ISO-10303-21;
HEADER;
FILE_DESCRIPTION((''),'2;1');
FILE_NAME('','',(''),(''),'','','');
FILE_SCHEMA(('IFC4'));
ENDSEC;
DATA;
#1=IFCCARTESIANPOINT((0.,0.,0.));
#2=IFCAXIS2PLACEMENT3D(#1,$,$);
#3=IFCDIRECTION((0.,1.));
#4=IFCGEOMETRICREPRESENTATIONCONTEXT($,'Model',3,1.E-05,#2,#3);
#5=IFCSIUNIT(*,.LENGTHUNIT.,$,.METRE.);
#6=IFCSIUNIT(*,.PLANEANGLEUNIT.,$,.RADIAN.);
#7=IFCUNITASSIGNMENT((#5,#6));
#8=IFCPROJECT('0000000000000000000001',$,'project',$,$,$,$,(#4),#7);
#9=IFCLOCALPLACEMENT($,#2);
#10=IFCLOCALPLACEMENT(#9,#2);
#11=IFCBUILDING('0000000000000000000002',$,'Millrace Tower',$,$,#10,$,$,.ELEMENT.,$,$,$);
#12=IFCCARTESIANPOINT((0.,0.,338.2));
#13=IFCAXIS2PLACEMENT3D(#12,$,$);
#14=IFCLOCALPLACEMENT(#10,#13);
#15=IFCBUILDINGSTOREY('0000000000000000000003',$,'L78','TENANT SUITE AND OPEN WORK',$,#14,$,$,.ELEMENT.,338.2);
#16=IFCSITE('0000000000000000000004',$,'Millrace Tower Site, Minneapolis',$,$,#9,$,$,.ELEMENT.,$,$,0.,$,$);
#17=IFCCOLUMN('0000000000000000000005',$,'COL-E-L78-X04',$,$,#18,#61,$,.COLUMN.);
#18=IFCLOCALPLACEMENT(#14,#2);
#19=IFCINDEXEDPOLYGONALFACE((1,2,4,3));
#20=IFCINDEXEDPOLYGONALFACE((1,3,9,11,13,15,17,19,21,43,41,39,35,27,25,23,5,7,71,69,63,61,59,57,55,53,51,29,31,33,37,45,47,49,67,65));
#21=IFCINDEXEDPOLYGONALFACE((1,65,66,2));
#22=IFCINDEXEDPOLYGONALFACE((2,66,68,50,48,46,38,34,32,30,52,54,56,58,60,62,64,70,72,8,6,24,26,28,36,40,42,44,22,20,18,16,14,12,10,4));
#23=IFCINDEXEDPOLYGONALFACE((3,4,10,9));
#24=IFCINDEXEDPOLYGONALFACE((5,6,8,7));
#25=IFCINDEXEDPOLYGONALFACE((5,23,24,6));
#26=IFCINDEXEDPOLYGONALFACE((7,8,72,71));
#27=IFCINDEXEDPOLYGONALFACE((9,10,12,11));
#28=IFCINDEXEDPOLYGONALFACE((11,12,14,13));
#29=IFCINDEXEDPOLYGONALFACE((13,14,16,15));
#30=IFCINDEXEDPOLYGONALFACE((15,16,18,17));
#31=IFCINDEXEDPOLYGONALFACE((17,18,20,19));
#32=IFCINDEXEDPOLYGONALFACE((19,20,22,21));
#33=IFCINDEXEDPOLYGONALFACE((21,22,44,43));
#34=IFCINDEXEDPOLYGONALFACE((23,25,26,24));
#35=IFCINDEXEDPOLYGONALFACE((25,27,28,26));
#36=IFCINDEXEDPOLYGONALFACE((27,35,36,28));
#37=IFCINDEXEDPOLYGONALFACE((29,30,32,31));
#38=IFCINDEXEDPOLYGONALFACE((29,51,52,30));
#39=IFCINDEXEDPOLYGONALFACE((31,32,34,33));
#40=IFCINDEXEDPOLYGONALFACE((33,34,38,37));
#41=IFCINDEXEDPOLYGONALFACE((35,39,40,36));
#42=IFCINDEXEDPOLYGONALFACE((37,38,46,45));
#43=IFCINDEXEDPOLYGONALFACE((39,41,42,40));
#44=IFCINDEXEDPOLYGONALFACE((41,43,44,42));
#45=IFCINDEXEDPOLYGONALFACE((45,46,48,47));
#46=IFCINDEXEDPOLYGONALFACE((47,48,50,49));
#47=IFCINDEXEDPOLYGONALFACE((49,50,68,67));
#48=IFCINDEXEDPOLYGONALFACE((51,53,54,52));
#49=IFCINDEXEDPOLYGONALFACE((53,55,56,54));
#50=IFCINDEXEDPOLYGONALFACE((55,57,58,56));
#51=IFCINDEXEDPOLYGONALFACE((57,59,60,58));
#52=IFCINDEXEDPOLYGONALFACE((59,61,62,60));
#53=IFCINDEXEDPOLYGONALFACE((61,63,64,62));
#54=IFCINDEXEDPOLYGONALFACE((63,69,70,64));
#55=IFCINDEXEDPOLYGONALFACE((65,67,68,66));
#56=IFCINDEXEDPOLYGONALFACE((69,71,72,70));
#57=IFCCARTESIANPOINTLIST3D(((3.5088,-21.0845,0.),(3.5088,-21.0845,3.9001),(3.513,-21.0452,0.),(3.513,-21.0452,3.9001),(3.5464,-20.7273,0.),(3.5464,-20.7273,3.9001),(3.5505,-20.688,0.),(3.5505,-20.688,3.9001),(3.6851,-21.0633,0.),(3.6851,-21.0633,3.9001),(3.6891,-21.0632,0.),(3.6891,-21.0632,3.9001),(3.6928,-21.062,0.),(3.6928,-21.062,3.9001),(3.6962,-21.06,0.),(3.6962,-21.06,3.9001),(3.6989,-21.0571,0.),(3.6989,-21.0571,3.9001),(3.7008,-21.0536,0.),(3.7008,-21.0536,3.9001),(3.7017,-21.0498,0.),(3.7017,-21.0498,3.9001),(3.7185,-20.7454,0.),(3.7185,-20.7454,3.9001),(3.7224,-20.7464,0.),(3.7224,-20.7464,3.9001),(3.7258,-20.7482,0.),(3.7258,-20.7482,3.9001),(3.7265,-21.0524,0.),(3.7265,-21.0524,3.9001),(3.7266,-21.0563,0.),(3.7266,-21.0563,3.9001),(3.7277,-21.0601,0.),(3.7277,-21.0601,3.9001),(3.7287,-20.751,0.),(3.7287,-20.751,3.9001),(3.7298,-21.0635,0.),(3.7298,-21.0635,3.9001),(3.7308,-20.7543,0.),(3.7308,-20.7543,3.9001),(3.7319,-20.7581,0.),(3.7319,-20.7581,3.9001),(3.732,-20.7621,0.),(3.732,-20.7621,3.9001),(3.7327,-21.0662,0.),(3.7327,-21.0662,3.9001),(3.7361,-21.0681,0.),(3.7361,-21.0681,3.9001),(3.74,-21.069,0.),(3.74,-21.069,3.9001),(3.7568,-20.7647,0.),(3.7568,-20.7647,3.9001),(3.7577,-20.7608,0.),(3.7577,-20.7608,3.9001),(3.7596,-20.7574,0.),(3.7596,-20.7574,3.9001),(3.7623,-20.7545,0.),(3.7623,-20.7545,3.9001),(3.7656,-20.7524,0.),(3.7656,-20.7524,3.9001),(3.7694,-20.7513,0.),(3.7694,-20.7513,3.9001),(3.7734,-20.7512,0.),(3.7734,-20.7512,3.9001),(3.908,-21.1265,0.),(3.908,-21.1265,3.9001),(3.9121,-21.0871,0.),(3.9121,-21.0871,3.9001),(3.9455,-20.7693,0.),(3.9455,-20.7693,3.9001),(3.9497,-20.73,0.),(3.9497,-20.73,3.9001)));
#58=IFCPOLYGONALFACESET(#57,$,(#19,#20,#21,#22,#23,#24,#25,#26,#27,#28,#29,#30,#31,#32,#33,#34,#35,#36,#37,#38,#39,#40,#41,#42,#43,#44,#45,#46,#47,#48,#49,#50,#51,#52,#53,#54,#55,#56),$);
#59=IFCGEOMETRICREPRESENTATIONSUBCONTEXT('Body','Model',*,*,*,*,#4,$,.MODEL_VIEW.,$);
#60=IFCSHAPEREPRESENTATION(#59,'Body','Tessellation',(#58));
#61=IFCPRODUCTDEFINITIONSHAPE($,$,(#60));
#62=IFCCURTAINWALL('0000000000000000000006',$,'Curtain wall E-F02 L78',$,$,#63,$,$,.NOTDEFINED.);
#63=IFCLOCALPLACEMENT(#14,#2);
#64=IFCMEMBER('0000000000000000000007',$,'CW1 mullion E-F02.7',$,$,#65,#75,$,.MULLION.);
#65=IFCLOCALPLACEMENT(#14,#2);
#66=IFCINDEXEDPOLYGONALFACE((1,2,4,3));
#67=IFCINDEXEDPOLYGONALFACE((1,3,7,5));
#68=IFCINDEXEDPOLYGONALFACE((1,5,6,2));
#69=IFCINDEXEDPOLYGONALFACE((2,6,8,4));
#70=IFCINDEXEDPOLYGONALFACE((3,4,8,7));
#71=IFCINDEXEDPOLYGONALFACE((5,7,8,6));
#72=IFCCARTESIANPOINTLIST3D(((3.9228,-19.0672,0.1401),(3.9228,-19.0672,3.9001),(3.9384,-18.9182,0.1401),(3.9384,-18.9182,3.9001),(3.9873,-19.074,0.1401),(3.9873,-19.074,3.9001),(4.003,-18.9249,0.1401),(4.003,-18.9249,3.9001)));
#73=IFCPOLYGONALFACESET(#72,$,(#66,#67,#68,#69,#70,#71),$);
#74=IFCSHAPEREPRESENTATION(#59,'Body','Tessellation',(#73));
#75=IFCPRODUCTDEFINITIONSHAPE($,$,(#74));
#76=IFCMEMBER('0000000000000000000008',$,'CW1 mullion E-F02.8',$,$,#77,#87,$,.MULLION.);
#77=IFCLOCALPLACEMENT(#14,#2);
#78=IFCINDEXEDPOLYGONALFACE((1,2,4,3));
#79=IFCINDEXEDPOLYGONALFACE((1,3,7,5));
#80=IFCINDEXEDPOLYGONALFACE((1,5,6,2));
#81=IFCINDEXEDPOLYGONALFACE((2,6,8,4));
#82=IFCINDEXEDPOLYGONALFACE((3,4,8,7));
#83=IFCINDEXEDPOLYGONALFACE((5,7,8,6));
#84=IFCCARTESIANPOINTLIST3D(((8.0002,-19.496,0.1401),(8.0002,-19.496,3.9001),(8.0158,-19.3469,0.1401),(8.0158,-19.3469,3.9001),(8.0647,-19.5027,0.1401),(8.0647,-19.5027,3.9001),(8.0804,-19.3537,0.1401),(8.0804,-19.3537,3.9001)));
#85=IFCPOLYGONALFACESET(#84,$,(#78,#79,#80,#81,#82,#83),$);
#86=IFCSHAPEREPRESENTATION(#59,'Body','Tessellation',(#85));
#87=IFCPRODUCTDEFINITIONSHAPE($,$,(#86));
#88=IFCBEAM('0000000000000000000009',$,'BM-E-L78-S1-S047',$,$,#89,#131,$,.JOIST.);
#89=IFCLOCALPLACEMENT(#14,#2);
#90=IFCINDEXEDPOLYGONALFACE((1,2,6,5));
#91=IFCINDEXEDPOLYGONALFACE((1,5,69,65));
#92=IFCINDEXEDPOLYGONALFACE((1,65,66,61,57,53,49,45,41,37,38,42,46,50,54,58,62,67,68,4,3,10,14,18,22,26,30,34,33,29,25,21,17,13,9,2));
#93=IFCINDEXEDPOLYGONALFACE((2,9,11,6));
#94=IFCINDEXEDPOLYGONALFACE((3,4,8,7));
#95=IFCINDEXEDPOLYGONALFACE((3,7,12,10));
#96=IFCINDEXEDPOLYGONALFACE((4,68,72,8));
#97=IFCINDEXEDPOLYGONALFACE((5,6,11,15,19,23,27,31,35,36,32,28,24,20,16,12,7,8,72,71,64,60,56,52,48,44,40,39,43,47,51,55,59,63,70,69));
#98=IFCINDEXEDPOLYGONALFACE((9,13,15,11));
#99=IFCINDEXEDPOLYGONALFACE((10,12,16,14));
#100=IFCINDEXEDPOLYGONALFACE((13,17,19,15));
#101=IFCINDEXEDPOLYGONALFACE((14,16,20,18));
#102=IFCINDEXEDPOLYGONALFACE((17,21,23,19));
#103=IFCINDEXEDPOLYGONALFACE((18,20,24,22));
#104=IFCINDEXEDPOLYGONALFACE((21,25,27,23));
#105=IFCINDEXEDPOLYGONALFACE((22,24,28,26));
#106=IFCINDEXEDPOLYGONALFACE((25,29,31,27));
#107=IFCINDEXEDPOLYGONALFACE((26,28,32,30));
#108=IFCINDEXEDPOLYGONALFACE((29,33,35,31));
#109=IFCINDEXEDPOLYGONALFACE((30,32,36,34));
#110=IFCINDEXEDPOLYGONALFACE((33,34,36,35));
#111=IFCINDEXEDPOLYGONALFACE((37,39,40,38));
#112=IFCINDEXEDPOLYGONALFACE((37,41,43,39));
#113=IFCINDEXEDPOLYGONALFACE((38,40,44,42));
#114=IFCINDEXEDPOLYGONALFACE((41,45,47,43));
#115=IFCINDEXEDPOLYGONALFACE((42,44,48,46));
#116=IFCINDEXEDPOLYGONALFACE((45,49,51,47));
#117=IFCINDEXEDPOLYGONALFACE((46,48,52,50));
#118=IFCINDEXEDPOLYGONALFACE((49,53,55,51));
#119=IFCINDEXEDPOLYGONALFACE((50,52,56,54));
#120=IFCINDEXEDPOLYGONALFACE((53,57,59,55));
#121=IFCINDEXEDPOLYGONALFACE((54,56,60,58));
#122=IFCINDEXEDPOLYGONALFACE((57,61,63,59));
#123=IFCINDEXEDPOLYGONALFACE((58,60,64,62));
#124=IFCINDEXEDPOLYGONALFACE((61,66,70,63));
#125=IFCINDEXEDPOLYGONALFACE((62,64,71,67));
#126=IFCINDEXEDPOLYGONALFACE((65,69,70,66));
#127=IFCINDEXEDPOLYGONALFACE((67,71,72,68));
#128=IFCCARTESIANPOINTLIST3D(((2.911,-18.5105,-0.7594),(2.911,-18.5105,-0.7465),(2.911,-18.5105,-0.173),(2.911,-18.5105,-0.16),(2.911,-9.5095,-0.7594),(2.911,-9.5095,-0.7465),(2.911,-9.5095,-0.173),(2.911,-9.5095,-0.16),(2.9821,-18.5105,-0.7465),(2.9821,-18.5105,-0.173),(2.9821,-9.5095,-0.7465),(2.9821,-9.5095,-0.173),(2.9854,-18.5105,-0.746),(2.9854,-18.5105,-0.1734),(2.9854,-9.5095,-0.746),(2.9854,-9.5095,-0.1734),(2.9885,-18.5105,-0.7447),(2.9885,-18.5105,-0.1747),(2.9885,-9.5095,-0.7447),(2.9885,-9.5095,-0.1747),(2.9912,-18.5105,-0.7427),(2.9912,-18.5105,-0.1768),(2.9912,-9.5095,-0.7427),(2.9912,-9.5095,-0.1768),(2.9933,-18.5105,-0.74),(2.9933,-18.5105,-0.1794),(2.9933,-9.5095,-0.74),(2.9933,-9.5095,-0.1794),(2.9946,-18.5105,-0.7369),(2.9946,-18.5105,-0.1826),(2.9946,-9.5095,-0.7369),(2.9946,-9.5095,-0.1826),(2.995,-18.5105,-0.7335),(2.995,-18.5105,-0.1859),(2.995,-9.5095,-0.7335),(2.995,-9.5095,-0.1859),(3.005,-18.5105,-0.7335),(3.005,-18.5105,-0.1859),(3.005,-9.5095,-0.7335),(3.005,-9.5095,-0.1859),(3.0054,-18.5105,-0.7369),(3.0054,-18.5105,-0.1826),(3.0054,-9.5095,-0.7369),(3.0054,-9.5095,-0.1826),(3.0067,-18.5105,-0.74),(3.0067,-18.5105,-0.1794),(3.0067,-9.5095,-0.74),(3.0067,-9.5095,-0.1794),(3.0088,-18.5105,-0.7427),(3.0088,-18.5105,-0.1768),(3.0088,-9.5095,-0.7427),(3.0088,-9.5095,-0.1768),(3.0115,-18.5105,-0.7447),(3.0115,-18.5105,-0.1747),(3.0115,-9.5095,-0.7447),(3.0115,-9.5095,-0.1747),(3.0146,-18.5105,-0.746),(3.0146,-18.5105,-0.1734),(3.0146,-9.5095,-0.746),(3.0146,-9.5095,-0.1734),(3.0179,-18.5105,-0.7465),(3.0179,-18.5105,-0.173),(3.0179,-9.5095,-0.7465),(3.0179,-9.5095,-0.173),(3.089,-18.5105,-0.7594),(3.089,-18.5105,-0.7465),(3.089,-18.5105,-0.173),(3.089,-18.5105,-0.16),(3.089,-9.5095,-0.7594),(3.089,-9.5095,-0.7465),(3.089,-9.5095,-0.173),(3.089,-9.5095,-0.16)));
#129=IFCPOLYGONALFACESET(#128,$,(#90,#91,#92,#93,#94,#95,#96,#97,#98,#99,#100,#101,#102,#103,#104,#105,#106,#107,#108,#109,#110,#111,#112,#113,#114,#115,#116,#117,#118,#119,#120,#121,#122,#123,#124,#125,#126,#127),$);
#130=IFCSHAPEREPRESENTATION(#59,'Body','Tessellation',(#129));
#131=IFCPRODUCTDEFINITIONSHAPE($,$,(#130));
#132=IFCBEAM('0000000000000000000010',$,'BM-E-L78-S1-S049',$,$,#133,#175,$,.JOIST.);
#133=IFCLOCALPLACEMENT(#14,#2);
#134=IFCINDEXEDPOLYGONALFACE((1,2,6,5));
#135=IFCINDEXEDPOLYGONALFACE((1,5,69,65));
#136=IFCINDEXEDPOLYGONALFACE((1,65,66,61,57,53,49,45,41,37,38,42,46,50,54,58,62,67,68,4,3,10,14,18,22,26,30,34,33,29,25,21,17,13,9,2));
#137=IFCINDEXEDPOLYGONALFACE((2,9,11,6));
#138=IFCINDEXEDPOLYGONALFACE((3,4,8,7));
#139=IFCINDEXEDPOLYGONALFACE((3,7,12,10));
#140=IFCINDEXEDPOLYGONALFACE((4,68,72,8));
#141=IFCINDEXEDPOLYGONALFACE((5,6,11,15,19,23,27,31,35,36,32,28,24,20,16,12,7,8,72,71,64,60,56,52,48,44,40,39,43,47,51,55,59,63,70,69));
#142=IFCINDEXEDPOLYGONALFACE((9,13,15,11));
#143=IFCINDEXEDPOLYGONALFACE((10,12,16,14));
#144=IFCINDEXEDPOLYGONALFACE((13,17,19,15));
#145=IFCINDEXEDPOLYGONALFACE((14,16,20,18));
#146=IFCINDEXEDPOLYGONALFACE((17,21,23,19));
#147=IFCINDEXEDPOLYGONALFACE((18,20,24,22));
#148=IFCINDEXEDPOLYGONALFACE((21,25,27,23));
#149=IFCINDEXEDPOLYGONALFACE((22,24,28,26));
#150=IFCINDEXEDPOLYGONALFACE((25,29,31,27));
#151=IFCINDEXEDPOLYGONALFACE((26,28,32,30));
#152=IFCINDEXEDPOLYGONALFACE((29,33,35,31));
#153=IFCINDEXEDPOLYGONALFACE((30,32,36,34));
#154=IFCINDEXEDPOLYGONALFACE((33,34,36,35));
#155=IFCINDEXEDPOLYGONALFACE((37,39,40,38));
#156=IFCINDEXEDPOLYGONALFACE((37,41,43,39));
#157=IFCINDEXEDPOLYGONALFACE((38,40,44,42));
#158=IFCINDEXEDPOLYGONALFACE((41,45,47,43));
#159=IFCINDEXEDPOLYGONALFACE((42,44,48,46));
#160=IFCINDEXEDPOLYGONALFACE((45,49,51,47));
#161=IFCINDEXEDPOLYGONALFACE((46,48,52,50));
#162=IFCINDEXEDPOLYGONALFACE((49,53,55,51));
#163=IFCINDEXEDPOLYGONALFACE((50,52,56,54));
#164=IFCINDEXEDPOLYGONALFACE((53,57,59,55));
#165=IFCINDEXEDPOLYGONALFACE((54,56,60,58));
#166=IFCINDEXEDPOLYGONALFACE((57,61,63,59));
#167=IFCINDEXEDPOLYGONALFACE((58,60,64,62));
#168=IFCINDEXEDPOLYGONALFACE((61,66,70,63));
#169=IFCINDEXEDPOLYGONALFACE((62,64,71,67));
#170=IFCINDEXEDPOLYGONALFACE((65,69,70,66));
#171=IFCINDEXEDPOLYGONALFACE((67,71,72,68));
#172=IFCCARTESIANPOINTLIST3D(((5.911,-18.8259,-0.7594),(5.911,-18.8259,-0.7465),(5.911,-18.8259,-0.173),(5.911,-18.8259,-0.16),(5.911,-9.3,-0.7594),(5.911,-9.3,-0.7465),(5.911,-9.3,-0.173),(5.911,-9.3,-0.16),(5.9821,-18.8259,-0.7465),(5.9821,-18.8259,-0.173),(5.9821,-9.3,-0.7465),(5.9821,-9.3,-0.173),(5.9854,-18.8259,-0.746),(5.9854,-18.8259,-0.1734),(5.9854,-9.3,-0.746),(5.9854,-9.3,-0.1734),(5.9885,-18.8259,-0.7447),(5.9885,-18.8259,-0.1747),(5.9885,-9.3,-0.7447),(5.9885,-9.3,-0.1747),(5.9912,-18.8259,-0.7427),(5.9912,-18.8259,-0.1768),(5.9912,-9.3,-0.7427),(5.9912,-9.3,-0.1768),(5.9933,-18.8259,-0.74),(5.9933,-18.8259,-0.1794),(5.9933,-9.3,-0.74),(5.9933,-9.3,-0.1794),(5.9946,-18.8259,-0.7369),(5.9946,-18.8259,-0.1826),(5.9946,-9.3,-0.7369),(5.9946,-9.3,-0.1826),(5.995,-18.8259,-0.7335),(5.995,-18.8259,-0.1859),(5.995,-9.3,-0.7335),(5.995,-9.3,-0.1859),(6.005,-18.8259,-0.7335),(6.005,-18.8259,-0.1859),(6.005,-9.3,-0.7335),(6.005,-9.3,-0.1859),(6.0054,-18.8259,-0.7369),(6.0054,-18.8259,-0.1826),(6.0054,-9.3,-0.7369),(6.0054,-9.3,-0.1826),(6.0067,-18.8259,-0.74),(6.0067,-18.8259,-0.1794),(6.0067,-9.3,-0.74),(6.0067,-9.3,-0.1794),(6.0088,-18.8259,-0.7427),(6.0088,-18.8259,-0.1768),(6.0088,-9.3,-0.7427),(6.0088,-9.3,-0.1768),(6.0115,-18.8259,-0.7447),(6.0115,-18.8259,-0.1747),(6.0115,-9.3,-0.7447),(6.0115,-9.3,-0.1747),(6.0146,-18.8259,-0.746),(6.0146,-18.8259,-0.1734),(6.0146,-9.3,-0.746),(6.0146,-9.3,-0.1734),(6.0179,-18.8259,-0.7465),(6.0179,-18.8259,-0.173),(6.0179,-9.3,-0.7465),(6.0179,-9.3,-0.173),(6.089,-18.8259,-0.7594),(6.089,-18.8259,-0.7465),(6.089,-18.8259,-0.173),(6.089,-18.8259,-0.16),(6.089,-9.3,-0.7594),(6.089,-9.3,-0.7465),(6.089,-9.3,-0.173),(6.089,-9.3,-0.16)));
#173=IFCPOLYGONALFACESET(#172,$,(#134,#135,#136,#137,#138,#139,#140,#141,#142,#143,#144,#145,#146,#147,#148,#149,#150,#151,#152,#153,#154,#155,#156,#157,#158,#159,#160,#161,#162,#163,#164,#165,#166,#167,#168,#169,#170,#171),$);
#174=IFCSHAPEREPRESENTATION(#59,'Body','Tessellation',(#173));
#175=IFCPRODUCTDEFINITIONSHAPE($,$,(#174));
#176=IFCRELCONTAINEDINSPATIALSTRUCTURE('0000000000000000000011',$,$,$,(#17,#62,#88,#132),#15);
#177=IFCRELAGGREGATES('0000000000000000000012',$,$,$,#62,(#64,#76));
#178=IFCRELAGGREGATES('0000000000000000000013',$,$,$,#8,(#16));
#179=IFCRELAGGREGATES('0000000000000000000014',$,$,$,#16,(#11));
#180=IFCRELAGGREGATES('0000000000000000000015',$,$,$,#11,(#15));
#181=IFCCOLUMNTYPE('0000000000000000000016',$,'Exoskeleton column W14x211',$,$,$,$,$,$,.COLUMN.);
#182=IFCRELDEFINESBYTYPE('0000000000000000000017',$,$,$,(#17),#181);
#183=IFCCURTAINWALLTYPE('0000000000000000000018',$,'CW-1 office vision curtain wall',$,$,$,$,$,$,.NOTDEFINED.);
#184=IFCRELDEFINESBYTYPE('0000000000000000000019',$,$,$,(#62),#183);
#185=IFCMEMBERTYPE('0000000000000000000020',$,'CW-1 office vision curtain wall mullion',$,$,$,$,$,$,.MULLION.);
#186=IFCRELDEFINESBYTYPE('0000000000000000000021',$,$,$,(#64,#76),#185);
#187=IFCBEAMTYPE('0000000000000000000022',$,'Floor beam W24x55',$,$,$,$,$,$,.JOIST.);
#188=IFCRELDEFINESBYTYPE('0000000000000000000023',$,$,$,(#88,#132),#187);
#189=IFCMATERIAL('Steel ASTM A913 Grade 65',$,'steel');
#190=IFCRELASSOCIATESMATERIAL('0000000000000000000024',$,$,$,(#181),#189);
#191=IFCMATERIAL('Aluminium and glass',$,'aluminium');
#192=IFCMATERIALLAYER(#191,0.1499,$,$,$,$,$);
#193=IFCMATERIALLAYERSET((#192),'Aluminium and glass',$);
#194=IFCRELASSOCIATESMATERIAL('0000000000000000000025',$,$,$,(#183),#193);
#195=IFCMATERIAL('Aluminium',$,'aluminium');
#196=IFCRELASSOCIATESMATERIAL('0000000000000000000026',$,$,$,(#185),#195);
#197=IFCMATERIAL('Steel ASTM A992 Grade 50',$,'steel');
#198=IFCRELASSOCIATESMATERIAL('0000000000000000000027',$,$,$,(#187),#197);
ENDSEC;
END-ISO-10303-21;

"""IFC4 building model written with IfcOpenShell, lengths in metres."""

from ifc_helpers import new_model, si_unit, direction, frame, origin, origin_2d, place, context, subcontext, project, spatial, rectangle, i_section, extrude, material, layer, layer_set, material_profile, profile_set, type_object, element, aggregate, save


model = new_model("IFC4")

# Units and contexts
model_context = context("Model", 3, precision=1e-05, world=origin(), true_north=direction((0.0, 1.0)))
body_context = subcontext(model_context, "Body", "Model", "MODEL_VIEW")
ifc_project = project(units=[si_unit("LENGTHUNIT", "METRE"), si_unit("PLANEANGLEUNIT", "RADIAN")], contexts=[model_context])

# Site, building, storey
site_placement = place(None, origin())
site = spatial("IfcSite", under=ifc_project, at=site_placement, Name="Millrace Tower Site, Minneapolis", CompositionType="ELEMENT", RefElevation=0.0)
building_placement = place(site_placement, origin())
building = spatial("IfcBuilding", under=site, at=building_placement, Name="Millrace Tower", CompositionType="ELEMENT")
storey_placement = place(building_placement, frame((0.0, 0.0, 338.2)))
storey = spatial("IfcBuildingStorey", under=building, at=storey_placement, Name="L78", Description="TENANT SUITE AND OPEN WORK", CompositionType="ELEMENT", Elevation=338.2)

# Column
ifc_material_1 = material(Name="Steel ASTM A913 Grade 65", Category="steel")
ifc_material_profile_1 = material_profile(ifc_material_1, i_section(OverallWidth=0.4014, OverallDepth=0.3987, WebThickness=0.0249, FlangeThickness=0.0396, FilletRadius=0.0151, at=origin_2d()))
ifc_profile_set_1 = profile_set([ifc_material_profile_1], Name="Steel ASTM A913 Grade 65")
column_type = type_object("IfcColumnType", Name="Exoskeleton column W14x211", PredefinedType="COLUMN", material=ifc_profile_set_1)
column_placement = place(storey_placement, frame((3.7292, -20.9072, 0.0), z_axis=(0.0, 0.0, 1.0), x_axis=(0.994522, -0.104528, 0.0)))
element("IfcColumn", 1, at=column_placement, inside=storey, type_object=column_type, Name="COL-E-L78-X04", PredefinedType="COLUMN", context=body_context, shape_type="SweptSolid", body=[
    extrude(i_section(OverallWidth=0.4014, OverallDepth=0.3987, WebThickness=0.0249, FlangeThickness=0.0396, FilletRadius=0.0151, at=origin_2d()), origin(), (0.0, 0.0, 1.0), 3.9001),
])

# Curtain wall, members
ifc_material_2 = material(Name="Aluminium and glass", Category="aluminium")
ifc_layer_1 = layer(ifc_material_2, 0.1499)
ifc_layer_set_1 = layer_set([ifc_layer_1], Name="Aluminium and glass")
curtain_wall_type = type_object("IfcCurtainWallType", Name="CW-1 office vision curtain wall", PredefinedType="NOTDEFINED", material=ifc_layer_set_1)
placement = place(storey_placement, origin())
curtain_wall_1 = element("IfcCurtainWall", 2, at=placement, inside=storey, type_object=curtain_wall_type, Name="Curtain wall E-F02 L78", PredefinedType="NOTDEFINED")
ifc_material_3 = material(Name="Aluminium", Category="aluminium")
ifc_material_profile_2 = material_profile(ifc_material_3, rectangle(XDim=0.0649, YDim=0.1499, at=origin_2d()))
ifc_profile_set_2 = profile_set([ifc_material_profile_2], Name="Aluminium")
member_type = type_object("IfcMemberType", Name="CW-1 office vision curtain wall mullion", PredefinedType="MULLION", material=ifc_profile_set_2)
member_1_placement = place(storey_placement, frame((3.9629, -18.9961, 0.1401), z_axis=(0.0, 0.0, 1.0), x_axis=(0.994522, -0.104528, 0.0)))
member_1 = element("IfcMember", 3, at=member_1_placement, type_object=member_type, Name="CW1 mullion E-F02.7", PredefinedType="MULLION", context=body_context, shape_type="SweptSolid", body=[
    extrude(rectangle(XDim=0.0649, YDim=0.1499, at=origin_2d()), origin(), (0.0, 0.0, 1.0), 3.76),
])
member_2_placement = place(storey_placement, frame((8.0403, -19.4248, 0.1401), z_axis=(0.0, 0.0, 1.0), x_axis=(0.994522, -0.104528, 0.0)))
member_2 = element("IfcMember", 4, at=member_2_placement, type_object=member_type, Name="CW1 mullion E-F02.8", PredefinedType="MULLION", context=body_context, shape_type="SweptSolid", body=[
    extrude(rectangle(XDim=0.0649, YDim=0.1499, at=origin_2d()), origin(), (0.0, 0.0, 1.0), 3.76),
])
aggregate(curtain_wall_1, [member_1, member_2])

# Beams
ifc_material_4 = material(Name="Steel ASTM A992 Grade 50", Category="steel")
ifc_material_profile_3 = material_profile(ifc_material_4, i_section(OverallWidth=0.178, OverallDepth=0.5994, WebThickness=0.01, FlangeThickness=0.0129, FilletRadius=0.0129, at=origin_2d()))
ifc_profile_set_3 = profile_set([ifc_material_profile_3], Name="Steel ASTM A992 Grade 50")
beam_type_1 = type_object("IfcBeamType", Name="Floor beam W24x55", PredefinedType="JOIST", material=ifc_profile_set_3)
beam_1_placement = place(storey_placement, frame((3.0, -18.5105, -0.4597), z_axis=(0.0, 1.0, 0.0), x_axis=(-1.0, 0.0, 0.0)))
element("IfcBeam", 5, at=beam_1_placement, inside=storey, type_object=beam_type_1, Name="BM-E-L78-S1-S047", PredefinedType="JOIST", context=body_context, shape_type="SweptSolid", body=[
    extrude(i_section(OverallWidth=0.178, OverallDepth=0.5994, WebThickness=0.01, FlangeThickness=0.0129, FilletRadius=0.0129, at=origin_2d()), origin(), (0.0, 0.0, 1.0), 9.001),
])
beam_2_placement = place(storey_placement, frame((6.0, -18.8259, -0.4597), z_axis=(0.0, 1.0, 0.0), x_axis=(-1.0, 0.0, 0.0)))
element("IfcBeam", 6, at=beam_2_placement, inside=storey, type_object=beam_type_1, Name="BM-E-L78-S1-S049", PredefinedType="JOIST", context=body_context, shape_type="SweptSolid", body=[
    extrude(i_section(OverallWidth=0.178, OverallDepth=0.5994, WebThickness=0.01, FlangeThickness=0.0129, FilletRadius=0.0129, at=origin_2d()), origin(), (0.0, 0.0, 1.0), 9.5259),
])

save(model, "model.ifc")
